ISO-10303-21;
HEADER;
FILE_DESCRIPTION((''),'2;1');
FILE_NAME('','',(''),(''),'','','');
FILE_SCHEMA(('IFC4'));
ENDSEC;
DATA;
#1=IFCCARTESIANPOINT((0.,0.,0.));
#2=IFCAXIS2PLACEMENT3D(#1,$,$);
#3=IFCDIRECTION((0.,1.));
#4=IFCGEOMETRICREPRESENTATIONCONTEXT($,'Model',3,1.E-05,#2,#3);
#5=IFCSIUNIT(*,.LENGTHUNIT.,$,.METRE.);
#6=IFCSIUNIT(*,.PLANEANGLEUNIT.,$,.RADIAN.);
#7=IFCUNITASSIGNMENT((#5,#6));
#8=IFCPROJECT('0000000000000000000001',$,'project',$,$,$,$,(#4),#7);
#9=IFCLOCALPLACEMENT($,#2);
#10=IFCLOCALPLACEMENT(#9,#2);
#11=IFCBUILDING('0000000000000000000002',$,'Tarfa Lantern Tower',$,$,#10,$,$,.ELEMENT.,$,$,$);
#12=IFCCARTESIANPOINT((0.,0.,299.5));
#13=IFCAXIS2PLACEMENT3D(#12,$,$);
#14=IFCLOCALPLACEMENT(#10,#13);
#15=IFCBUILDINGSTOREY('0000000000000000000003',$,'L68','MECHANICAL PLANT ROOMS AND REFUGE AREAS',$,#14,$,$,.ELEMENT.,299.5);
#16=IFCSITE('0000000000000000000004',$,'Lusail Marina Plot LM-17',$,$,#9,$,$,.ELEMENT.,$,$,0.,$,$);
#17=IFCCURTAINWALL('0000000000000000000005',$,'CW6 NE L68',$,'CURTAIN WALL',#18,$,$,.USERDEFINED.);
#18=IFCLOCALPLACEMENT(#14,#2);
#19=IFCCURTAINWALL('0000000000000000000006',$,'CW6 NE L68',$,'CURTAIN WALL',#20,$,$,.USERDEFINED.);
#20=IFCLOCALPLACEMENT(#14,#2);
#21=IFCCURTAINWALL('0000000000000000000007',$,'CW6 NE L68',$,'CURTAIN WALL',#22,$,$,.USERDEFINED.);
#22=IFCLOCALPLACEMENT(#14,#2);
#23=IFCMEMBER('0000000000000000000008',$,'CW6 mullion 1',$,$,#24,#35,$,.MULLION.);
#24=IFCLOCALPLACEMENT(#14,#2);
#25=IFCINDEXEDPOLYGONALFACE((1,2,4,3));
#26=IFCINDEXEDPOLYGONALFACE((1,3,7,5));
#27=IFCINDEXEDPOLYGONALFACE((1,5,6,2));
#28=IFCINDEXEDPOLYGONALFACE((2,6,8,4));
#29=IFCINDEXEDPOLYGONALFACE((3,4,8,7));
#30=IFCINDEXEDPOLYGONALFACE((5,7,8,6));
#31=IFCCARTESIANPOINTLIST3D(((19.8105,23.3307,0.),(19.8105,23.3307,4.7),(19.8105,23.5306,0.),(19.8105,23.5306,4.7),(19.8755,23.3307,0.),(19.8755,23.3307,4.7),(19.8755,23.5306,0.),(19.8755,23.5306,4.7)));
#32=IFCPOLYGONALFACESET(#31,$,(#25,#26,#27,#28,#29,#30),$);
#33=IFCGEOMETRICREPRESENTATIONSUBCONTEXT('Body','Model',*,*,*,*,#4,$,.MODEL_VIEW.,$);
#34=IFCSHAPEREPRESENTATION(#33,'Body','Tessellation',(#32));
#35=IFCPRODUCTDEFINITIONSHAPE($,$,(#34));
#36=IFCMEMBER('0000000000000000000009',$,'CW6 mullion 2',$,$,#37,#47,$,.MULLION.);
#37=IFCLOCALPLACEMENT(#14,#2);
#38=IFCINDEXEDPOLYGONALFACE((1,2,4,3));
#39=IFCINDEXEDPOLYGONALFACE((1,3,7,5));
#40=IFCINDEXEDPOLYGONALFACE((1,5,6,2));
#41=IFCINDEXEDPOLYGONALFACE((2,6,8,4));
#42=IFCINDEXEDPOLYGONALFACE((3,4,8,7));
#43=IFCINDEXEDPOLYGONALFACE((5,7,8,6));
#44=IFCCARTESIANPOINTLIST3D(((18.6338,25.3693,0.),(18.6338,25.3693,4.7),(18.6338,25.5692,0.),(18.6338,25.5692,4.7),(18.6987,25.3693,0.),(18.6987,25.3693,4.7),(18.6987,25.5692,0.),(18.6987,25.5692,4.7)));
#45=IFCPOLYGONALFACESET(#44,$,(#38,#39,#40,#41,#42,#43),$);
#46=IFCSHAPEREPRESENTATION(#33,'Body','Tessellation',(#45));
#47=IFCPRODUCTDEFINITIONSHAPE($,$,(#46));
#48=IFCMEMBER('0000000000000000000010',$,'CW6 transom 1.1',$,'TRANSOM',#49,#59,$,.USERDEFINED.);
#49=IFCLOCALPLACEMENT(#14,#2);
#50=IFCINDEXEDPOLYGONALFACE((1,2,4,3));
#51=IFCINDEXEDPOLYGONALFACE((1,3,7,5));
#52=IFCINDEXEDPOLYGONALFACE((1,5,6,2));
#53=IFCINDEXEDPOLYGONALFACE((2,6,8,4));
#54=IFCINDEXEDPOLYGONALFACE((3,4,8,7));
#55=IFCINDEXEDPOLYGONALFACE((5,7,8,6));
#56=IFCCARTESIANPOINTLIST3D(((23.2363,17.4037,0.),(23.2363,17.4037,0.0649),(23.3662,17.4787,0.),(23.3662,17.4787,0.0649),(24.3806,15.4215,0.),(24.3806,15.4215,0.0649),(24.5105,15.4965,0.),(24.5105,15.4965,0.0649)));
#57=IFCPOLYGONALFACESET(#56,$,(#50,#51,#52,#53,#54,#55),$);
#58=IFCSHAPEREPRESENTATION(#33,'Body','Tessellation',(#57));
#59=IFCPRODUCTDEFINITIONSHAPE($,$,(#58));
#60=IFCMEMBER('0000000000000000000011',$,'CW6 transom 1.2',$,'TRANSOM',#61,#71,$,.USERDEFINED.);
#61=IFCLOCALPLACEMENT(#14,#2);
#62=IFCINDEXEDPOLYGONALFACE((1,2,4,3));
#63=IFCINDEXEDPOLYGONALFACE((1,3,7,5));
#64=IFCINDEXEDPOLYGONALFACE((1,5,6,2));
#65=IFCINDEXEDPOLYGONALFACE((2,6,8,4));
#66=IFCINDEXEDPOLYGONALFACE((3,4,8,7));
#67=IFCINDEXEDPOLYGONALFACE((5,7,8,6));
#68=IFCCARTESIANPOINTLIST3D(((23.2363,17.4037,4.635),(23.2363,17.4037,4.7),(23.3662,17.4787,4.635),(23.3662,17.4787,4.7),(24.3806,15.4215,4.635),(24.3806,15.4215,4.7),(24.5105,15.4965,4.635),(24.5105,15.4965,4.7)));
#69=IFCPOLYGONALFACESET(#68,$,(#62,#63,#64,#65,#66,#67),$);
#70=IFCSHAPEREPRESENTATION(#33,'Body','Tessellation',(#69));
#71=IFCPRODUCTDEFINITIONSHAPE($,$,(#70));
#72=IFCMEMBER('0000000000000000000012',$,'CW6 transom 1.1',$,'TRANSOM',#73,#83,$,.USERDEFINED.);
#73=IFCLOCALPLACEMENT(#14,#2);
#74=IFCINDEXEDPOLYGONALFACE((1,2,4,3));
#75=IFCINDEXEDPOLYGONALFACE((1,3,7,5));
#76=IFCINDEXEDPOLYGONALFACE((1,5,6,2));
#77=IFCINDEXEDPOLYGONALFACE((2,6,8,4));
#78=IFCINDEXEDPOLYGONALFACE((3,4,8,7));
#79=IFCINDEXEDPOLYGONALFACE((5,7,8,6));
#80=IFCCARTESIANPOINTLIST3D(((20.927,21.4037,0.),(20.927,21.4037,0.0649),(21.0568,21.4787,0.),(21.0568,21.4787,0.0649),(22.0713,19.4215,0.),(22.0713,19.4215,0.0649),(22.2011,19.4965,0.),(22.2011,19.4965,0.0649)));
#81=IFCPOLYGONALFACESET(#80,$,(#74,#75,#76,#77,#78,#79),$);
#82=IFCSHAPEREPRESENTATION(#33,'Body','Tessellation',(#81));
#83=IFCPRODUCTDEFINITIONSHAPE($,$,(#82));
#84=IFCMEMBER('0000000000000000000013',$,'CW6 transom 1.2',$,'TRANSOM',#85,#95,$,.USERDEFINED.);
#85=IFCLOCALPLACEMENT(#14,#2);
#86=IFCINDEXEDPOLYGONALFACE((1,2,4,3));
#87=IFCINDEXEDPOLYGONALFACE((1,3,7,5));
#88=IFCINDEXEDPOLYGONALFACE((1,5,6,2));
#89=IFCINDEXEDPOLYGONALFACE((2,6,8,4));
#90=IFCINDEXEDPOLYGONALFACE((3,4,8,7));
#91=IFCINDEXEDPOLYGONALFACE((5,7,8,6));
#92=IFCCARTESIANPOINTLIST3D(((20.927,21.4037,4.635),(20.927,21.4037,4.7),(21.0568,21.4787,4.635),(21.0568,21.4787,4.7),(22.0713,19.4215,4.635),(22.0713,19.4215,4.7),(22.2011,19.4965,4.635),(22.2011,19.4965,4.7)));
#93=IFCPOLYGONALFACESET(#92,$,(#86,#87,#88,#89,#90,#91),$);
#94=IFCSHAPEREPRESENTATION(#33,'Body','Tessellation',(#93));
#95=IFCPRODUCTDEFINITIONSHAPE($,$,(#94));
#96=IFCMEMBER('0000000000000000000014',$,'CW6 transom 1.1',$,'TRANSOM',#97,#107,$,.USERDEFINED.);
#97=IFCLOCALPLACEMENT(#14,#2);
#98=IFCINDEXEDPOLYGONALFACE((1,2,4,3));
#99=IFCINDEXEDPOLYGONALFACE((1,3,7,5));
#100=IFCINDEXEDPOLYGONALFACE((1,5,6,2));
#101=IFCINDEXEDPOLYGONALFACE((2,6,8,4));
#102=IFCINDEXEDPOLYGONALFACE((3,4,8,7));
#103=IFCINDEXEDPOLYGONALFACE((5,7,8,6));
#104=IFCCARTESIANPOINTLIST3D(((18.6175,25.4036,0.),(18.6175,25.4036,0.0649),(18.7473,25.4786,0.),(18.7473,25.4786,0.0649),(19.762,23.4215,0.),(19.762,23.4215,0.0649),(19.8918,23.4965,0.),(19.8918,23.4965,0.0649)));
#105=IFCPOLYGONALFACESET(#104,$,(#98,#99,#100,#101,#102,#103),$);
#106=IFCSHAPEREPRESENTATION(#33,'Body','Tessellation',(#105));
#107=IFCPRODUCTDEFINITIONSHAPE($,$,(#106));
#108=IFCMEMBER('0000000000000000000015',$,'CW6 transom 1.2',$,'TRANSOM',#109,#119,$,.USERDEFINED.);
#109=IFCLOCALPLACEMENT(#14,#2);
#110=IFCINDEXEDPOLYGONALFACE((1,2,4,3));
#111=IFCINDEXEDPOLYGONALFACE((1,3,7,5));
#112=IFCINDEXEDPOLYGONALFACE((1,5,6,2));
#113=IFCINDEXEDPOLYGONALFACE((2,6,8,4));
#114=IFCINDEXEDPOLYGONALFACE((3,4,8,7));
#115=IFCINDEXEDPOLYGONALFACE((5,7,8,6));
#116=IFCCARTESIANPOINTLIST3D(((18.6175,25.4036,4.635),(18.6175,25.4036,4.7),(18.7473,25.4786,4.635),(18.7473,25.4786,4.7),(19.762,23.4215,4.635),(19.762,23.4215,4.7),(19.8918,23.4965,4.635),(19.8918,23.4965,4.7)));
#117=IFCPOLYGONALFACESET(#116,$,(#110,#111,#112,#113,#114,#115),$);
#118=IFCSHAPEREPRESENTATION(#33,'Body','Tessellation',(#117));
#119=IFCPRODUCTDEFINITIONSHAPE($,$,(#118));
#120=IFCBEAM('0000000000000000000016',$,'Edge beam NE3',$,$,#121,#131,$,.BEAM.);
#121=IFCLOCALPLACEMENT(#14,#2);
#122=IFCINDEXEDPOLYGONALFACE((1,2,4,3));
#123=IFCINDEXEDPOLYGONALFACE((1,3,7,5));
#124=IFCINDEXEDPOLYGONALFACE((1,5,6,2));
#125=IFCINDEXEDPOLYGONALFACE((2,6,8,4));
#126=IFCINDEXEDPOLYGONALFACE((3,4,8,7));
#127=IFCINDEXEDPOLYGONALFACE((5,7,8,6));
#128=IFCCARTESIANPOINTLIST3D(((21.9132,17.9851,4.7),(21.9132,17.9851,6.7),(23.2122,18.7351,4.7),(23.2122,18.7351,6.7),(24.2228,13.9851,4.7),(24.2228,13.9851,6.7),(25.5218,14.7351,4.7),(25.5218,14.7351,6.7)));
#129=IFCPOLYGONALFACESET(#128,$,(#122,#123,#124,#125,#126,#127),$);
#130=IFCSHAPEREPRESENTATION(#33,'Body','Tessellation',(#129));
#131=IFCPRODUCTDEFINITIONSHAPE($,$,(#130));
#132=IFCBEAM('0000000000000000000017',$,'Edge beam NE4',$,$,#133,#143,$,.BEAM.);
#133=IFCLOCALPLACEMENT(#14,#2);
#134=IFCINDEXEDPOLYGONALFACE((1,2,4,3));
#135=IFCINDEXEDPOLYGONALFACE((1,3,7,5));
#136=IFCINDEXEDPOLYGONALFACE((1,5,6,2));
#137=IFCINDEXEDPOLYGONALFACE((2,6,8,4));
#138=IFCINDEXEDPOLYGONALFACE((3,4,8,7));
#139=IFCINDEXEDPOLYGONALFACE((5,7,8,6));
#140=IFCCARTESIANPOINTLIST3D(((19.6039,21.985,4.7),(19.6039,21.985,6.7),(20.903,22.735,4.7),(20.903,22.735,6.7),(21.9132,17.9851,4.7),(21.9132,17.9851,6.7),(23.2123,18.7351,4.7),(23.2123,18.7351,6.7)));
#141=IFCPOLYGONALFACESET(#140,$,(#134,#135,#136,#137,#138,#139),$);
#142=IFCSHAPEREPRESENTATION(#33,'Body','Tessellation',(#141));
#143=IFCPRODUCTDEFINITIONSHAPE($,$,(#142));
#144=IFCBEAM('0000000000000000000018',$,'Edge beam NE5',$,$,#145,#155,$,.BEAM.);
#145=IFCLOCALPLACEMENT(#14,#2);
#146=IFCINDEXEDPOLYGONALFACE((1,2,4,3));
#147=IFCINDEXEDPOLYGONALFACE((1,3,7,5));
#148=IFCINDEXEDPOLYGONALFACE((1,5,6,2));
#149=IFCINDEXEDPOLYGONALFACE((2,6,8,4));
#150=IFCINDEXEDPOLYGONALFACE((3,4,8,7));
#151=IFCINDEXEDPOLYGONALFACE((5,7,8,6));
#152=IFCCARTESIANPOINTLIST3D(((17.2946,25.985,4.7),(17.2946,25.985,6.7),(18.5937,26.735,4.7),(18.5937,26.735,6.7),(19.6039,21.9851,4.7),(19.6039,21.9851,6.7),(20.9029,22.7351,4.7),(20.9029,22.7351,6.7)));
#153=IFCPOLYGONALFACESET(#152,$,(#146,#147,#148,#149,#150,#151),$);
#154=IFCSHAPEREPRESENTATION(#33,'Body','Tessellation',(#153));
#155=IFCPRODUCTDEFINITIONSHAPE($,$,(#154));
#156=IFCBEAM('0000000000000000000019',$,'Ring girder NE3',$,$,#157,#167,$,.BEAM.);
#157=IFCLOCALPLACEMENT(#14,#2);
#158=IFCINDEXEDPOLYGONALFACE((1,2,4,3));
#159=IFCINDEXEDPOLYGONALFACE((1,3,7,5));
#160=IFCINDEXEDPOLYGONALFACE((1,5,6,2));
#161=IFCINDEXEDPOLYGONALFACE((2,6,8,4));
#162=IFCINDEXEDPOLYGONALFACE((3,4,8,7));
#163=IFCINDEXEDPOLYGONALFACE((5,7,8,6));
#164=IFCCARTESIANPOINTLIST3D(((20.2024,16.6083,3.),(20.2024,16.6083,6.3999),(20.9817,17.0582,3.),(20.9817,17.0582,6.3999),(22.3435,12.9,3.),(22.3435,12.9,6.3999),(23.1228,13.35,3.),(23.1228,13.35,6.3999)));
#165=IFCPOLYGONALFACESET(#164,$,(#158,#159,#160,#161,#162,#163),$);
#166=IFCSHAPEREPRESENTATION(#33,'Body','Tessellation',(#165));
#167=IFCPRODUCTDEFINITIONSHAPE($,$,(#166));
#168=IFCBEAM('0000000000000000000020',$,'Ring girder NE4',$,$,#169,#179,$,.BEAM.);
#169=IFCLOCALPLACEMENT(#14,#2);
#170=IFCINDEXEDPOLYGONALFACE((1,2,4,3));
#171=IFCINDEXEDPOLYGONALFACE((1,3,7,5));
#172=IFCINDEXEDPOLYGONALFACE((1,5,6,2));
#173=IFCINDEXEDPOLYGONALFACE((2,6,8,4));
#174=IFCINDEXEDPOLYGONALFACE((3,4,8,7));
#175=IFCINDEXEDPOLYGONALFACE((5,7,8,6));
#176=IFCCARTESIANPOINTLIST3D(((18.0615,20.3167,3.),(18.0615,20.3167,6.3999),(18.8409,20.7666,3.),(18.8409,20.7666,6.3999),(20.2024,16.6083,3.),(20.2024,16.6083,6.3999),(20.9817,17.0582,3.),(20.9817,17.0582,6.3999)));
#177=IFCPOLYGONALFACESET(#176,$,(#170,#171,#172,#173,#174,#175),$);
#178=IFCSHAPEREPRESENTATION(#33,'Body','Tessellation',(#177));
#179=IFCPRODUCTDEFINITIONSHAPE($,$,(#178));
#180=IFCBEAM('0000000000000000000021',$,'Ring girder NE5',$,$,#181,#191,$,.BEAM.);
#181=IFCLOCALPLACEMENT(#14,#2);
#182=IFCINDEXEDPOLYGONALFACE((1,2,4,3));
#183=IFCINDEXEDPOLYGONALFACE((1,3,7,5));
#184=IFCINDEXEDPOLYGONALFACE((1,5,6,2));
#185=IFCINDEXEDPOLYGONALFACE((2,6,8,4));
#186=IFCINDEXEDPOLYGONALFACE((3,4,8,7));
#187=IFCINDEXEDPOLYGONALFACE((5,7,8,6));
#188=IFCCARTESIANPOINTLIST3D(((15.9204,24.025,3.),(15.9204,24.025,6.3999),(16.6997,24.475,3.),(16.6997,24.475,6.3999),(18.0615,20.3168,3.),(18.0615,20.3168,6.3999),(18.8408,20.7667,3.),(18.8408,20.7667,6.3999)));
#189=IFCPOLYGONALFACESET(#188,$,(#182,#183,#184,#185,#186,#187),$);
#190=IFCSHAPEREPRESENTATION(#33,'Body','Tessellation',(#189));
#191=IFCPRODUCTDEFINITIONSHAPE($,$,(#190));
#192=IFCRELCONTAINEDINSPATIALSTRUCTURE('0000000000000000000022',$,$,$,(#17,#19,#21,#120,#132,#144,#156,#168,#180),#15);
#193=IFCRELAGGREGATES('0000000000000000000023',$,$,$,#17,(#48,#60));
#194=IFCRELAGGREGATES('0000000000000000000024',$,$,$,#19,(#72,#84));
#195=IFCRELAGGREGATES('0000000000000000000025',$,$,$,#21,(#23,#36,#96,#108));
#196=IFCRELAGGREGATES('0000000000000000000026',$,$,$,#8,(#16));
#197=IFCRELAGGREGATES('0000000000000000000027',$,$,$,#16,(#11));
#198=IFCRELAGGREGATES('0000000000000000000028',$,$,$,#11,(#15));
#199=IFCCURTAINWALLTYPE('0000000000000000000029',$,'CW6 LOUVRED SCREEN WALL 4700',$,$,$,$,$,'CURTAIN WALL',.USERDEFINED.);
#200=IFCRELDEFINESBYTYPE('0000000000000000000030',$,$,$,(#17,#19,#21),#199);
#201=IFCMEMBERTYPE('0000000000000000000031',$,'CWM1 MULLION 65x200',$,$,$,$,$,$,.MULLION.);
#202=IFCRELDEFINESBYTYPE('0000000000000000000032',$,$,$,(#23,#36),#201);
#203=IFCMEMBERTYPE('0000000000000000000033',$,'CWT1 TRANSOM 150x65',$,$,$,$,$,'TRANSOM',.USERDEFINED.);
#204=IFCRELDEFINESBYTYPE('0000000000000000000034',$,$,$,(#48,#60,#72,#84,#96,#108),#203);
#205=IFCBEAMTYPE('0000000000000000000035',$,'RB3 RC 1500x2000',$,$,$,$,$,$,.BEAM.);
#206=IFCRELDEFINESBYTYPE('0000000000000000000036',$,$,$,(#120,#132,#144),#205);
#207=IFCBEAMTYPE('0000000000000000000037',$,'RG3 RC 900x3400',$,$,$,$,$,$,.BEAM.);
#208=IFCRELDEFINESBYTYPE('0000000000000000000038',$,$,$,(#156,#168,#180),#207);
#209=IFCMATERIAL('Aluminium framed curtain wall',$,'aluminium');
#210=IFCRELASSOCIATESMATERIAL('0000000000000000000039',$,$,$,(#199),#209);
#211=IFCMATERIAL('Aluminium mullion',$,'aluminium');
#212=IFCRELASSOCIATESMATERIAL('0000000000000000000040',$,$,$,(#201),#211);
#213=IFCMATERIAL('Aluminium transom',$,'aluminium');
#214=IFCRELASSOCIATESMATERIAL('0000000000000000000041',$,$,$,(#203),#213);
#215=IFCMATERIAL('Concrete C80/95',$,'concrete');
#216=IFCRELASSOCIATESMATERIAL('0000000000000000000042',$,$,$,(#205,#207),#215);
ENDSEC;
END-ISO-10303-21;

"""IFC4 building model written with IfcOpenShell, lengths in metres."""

from ifc_helpers import new_model, si_unit, direction, frame, origin, origin_2d, place, context, subcontext, project, spatial, rectangle, extrude, material, material_profile, profile_set, type_object, element, aggregate, save


model = new_model("IFC4")

# Units and contexts
model_context = context("Model", 3, precision=1e-05, world=origin(), true_north=direction((0.0, 1.0)))
body_context = subcontext(model_context, "Body", "Model", "MODEL_VIEW")
ifc_project = project(units=[si_unit("LENGTHUNIT", "METRE"), si_unit("PLANEANGLEUNIT", "RADIAN")], contexts=[model_context])

# Site, building, storey
site_placement = place(None, origin())
site = spatial("IfcSite", under=ifc_project, at=site_placement, Name="Lusail Marina Plot LM-17", CompositionType="ELEMENT", RefElevation=0.0)
building_placement = place(site_placement, origin())
building = spatial("IfcBuilding", under=site, at=building_placement, Name="Tarfa Lantern Tower", CompositionType="ELEMENT")
storey_placement = place(building_placement, frame((0.0, 0.0, 299.5)))
storey = spatial("IfcBuildingStorey", under=building, at=storey_placement, Name="L68", Description="MECHANICAL PLANT ROOMS AND REFUGE AREAS", CompositionType="ELEMENT", Elevation=299.5)

# Shared definitions
ifc_material_1 = material(Name="Concrete C80/95", Category="concrete")

# Shared definitions
ifc_material_2 = material(Name="Aluminium framed curtain wall", Category="aluminium")
curtain_wall_type = type_object("IfcCurtainWallType", Name="CW6 LOUVRED SCREEN WALL 4700", ElementType="CURTAIN WALL", PredefinedType="USERDEFINED", material=ifc_material_2)
ifc_material_3 = material(Name="Aluminium mullion", Category="aluminium")
ifc_material_profile_1 = material_profile(ifc_material_3, rectangle(XDim=0.0649, YDim=0.2, at=origin_2d()), Name="AL MULLION 65x200")
ifc_profile_set_1 = profile_set([ifc_material_profile_1], Name="Aluminium mullion")
member_type_1 = type_object("IfcMemberType", Name="CWM1 MULLION 65x200", PredefinedType="MULLION", material=ifc_profile_set_1)

# Curtain walls, members
curtain_wall_1_placement = place(storey_placement, origin())
curtain_wall_1 = element("IfcCurtainWall", 1, at=curtain_wall_1_placement, inside=storey, type_object=curtain_wall_type, Name="CW6 NE L68", ObjectType="CURTAIN WALL", PredefinedType="USERDEFINED")
curtain_wall_2_placement = place(storey_placement, origin())
curtain_wall_2 = element("IfcCurtainWall", 2, at=curtain_wall_2_placement, inside=storey, type_object=curtain_wall_type, Name="CW6 NE L68", ObjectType="CURTAIN WALL", PredefinedType="USERDEFINED")
curtain_wall_3_placement = place(storey_placement, origin())
curtain_wall_3 = element("IfcCurtainWall", 3, at=curtain_wall_3_placement, inside=storey, type_object=curtain_wall_type, Name="CW6 NE L68", ObjectType="CURTAIN WALL", PredefinedType="USERDEFINED")
member_1_placement = place(storey_placement, frame((19.843, 23.4307, 0.0), z_axis=(0.0, 0.0, 1.0), x_axis=(1.0, 0.0, 0.0)))
member_1 = element("IfcMember", 4, at=member_1_placement, type_object=member_type_1, Name="CW6 mullion 1", PredefinedType="MULLION", context=body_context, shape_type="SweptSolid", body=[
    extrude(rectangle(XDim=0.0649, YDim=0.2, at=origin_2d()), origin(), (0.0, 0.0, 1.0), 4.7),
])
member_2_placement = place(storey_placement, frame((18.6663, 25.4692, 0.0), z_axis=(0.0, 0.0, 1.0), x_axis=(1.0, 0.0, 0.0)))
member_2 = element("IfcMember", 5, at=member_2_placement, type_object=member_type_1, Name="CW6 mullion 2", PredefinedType="MULLION", context=body_context, shape_type="SweptSolid", body=[
    extrude(rectangle(XDim=0.0649, YDim=0.2, at=origin_2d()), origin(), (0.0, 0.0, 1.0), 4.7),
])

# Members
ifc_material_4 = material(Name="Aluminium transom", Category="aluminium")
ifc_material_profile_2 = material_profile(ifc_material_4, rectangle(XDim=0.1499, YDim=0.0649, at=origin_2d()), Name="AL TRANSOM 150x65")
ifc_profile_set_2 = profile_set([ifc_material_profile_2], Name="Aluminium transom")
member_type_2 = type_object("IfcMemberType", Name="CWT1 TRANSOM 150x65", ElementType="TRANSOM", PredefinedType="USERDEFINED", material=ifc_profile_set_2)
member_3_placement = place(storey_placement, frame((24.4456, 15.459, 0.0325), z_axis=(-0.499959, 0.866049, 0.0), x_axis=(-0.866049, -0.499959, 0.0)))
member_3 = element("IfcMember", 6, at=member_3_placement, type_object=member_type_2, Name="CW6 transom 1.1", ObjectType="TRANSOM", PredefinedType="USERDEFINED", context=body_context, shape_type="SweptSolid", body=[
    extrude(rectangle(XDim=0.1499, YDim=0.0649, at=origin_2d()), origin(), (0.0, 0.0, 1.0), 2.2888),
])
member_4_placement = place(storey_placement, frame((24.4456, 15.459, 4.6675), z_axis=(-0.499959, 0.866049, 0.0), x_axis=(-0.866049, -0.499959, 0.0)))
member_4 = element("IfcMember", 7, at=member_4_placement, type_object=member_type_2, Name="CW6 transom 1.2", ObjectType="TRANSOM", PredefinedType="USERDEFINED", context=body_context, shape_type="SweptSolid", body=[
    extrude(rectangle(XDim=0.1499, YDim=0.0649, at=origin_2d()), origin(), (0.0, 0.0, 1.0), 2.2888),
])
member_5_placement = place(storey_placement, frame((22.1362, 19.459, 0.0325), z_axis=(-0.499959, 0.866049, 0.0), x_axis=(-0.866049, -0.499959, 0.0)))
member_5 = element("IfcMember", 8, at=member_5_placement, type_object=member_type_2, Name="CW6 transom 1.1", ObjectType="TRANSOM", PredefinedType="USERDEFINED", context=body_context, shape_type="SweptSolid", body=[
    extrude(rectangle(XDim=0.1499, YDim=0.0649, at=origin_2d()), origin(), (0.0, 0.0, 1.0), 2.2888),
])
member_6_placement = place(storey_placement, frame((22.1362, 19.459, 4.6675), z_axis=(-0.499959, 0.866049, 0.0), x_axis=(-0.866049, -0.499959, 0.0)))
member_6 = element("IfcMember", 9, at=member_6_placement, type_object=member_type_2, Name="CW6 transom 1.2", ObjectType="TRANSOM", PredefinedType="USERDEFINED", context=body_context, shape_type="SweptSolid", body=[
    extrude(rectangle(XDim=0.1499, YDim=0.0649, at=origin_2d()), origin(), (0.0, 0.0, 1.0), 2.2888),
])
member_7_placement = place(storey_placement, frame((19.8269, 23.459, 0.0325), z_axis=(-0.500039, 0.866003, 0.0), x_axis=(-0.866003, -0.500039, 0.0)))
member_7 = element("IfcMember", 10, at=member_7_placement, type_object=member_type_2, Name="CW6 transom 1.1", ObjectType="TRANSOM", PredefinedType="USERDEFINED", context=body_context, shape_type="SweptSolid", body=[
    extrude(rectangle(XDim=0.1499, YDim=0.0649, at=origin_2d()), origin(), (0.0, 0.0, 1.0), 2.2888),
])
member_8_placement = place(storey_placement, frame((19.8269, 23.459, 4.6675), z_axis=(-0.500039, 0.866003, 0.0), x_axis=(-0.866003, -0.500039, 0.0)))
member_8 = element("IfcMember", 11, at=member_8_placement, type_object=member_type_2, Name="CW6 transom 1.2", ObjectType="TRANSOM", PredefinedType="USERDEFINED", context=body_context, shape_type="SweptSolid", body=[
    extrude(rectangle(XDim=0.1499, YDim=0.0649, at=origin_2d()), origin(), (0.0, 0.0, 1.0), 2.2888),
])

# Beams
ifc_material_profile_3 = material_profile(ifc_material_1, rectangle(XDim=1.5, YDim=2.0, at=origin_2d()), Name="RC 1500x2000")
ifc_profile_set_3 = profile_set([ifc_material_profile_3], Name="Concrete C80/95")
beam_type_1 = type_object("IfcBeamType", Name="RB3 RC 1500x2000", PredefinedType="BEAM", material=ifc_profile_set_3)
beam_1_placement = place(storey_placement, frame((24.8723, 14.3601, 5.7), z_axis=(-0.500027, 0.86601, 0.0), x_axis=(-0.86601, -0.500027, 0.0)))
element("IfcBeam", 12, at=beam_1_placement, inside=storey, type_object=beam_type_1, Name="Edge beam NE3", PredefinedType="BEAM", context=body_context, shape_type="SweptSolid", body=[
    extrude(rectangle(XDim=1.5, YDim=2.0, at=origin_2d()), origin(), (0.0, 0.0, 1.0), 4.6189),
])
for number, where, z_axis, x_axis, name in (
    (13, (22.5627, 18.3601, 5.7), (-0.499988, 0.866032, 0.0), (-0.866032, -0.499988, 0.0), "Edge beam NE4"),
    (14, (20.2534, 22.3601, 5.7), (-0.499988, 0.866032, 0.0), (-0.866032, -0.499988, 0.0), "Edge beam NE5"),
):
    element("IfcBeam", number, at=place(storey_placement, frame(where, z_axis=z_axis, x_axis=x_axis)), inside=storey, type_object=beam_type_1, Name=name, PredefinedType="BEAM", context=body_context, shape_type="SweptSolid", body=[
        extrude(rectangle(XDim=1.5, YDim=2.0, at=origin_2d()), origin(), (0.0, 0.0, 1.0), 4.6187),
    ])
ifc_material_profile_4 = material_profile(ifc_material_1, rectangle(XDim=0.8999, YDim=3.3999, at=origin_2d()), Name="RC 900x3400")
ifc_profile_set_4 = profile_set([ifc_material_profile_4], Name="Concrete C80/95")
beam_type_2 = type_object("IfcBeamType", Name="RG3 RC 900x3400", PredefinedType="BEAM", material=ifc_profile_set_4)
for number, where, z_axis, x_axis, name in (
    (15, (22.7332, 13.125, 4.7), (-0.500027, 0.86601, 0.0), (-0.86601, -0.500027, 0.0), "Ring girder NE3"),
    (16, (20.592, 16.8333, 4.7), (-0.499959, 0.866049, 0.0), (-0.866049, -0.499959, 0.0), "Ring girder NE4"),
    (17, (18.4512, 20.5417, 4.7), (-0.500027, 0.86601, 0.0), (-0.86601, -0.500027, 0.0), "Ring girder NE5"),
):
    element("IfcBeam", number, at=place(storey_placement, frame(where, z_axis=z_axis, x_axis=x_axis)), inside=storey, type_object=beam_type_2, Name=name, PredefinedType="BEAM", context=body_context, shape_type="SweptSolid", body=[
        extrude(rectangle(XDim=0.8999, YDim=3.3999, at=origin_2d()), origin(), (0.0, 0.0, 1.0), 4.282),
    ])

aggregate(curtain_wall_1, [member_3, member_4])
aggregate(curtain_wall_2, [member_5, member_6])
aggregate(curtain_wall_3, [member_1, member_2, member_7, member_8])

save(model, "model.ifc")
